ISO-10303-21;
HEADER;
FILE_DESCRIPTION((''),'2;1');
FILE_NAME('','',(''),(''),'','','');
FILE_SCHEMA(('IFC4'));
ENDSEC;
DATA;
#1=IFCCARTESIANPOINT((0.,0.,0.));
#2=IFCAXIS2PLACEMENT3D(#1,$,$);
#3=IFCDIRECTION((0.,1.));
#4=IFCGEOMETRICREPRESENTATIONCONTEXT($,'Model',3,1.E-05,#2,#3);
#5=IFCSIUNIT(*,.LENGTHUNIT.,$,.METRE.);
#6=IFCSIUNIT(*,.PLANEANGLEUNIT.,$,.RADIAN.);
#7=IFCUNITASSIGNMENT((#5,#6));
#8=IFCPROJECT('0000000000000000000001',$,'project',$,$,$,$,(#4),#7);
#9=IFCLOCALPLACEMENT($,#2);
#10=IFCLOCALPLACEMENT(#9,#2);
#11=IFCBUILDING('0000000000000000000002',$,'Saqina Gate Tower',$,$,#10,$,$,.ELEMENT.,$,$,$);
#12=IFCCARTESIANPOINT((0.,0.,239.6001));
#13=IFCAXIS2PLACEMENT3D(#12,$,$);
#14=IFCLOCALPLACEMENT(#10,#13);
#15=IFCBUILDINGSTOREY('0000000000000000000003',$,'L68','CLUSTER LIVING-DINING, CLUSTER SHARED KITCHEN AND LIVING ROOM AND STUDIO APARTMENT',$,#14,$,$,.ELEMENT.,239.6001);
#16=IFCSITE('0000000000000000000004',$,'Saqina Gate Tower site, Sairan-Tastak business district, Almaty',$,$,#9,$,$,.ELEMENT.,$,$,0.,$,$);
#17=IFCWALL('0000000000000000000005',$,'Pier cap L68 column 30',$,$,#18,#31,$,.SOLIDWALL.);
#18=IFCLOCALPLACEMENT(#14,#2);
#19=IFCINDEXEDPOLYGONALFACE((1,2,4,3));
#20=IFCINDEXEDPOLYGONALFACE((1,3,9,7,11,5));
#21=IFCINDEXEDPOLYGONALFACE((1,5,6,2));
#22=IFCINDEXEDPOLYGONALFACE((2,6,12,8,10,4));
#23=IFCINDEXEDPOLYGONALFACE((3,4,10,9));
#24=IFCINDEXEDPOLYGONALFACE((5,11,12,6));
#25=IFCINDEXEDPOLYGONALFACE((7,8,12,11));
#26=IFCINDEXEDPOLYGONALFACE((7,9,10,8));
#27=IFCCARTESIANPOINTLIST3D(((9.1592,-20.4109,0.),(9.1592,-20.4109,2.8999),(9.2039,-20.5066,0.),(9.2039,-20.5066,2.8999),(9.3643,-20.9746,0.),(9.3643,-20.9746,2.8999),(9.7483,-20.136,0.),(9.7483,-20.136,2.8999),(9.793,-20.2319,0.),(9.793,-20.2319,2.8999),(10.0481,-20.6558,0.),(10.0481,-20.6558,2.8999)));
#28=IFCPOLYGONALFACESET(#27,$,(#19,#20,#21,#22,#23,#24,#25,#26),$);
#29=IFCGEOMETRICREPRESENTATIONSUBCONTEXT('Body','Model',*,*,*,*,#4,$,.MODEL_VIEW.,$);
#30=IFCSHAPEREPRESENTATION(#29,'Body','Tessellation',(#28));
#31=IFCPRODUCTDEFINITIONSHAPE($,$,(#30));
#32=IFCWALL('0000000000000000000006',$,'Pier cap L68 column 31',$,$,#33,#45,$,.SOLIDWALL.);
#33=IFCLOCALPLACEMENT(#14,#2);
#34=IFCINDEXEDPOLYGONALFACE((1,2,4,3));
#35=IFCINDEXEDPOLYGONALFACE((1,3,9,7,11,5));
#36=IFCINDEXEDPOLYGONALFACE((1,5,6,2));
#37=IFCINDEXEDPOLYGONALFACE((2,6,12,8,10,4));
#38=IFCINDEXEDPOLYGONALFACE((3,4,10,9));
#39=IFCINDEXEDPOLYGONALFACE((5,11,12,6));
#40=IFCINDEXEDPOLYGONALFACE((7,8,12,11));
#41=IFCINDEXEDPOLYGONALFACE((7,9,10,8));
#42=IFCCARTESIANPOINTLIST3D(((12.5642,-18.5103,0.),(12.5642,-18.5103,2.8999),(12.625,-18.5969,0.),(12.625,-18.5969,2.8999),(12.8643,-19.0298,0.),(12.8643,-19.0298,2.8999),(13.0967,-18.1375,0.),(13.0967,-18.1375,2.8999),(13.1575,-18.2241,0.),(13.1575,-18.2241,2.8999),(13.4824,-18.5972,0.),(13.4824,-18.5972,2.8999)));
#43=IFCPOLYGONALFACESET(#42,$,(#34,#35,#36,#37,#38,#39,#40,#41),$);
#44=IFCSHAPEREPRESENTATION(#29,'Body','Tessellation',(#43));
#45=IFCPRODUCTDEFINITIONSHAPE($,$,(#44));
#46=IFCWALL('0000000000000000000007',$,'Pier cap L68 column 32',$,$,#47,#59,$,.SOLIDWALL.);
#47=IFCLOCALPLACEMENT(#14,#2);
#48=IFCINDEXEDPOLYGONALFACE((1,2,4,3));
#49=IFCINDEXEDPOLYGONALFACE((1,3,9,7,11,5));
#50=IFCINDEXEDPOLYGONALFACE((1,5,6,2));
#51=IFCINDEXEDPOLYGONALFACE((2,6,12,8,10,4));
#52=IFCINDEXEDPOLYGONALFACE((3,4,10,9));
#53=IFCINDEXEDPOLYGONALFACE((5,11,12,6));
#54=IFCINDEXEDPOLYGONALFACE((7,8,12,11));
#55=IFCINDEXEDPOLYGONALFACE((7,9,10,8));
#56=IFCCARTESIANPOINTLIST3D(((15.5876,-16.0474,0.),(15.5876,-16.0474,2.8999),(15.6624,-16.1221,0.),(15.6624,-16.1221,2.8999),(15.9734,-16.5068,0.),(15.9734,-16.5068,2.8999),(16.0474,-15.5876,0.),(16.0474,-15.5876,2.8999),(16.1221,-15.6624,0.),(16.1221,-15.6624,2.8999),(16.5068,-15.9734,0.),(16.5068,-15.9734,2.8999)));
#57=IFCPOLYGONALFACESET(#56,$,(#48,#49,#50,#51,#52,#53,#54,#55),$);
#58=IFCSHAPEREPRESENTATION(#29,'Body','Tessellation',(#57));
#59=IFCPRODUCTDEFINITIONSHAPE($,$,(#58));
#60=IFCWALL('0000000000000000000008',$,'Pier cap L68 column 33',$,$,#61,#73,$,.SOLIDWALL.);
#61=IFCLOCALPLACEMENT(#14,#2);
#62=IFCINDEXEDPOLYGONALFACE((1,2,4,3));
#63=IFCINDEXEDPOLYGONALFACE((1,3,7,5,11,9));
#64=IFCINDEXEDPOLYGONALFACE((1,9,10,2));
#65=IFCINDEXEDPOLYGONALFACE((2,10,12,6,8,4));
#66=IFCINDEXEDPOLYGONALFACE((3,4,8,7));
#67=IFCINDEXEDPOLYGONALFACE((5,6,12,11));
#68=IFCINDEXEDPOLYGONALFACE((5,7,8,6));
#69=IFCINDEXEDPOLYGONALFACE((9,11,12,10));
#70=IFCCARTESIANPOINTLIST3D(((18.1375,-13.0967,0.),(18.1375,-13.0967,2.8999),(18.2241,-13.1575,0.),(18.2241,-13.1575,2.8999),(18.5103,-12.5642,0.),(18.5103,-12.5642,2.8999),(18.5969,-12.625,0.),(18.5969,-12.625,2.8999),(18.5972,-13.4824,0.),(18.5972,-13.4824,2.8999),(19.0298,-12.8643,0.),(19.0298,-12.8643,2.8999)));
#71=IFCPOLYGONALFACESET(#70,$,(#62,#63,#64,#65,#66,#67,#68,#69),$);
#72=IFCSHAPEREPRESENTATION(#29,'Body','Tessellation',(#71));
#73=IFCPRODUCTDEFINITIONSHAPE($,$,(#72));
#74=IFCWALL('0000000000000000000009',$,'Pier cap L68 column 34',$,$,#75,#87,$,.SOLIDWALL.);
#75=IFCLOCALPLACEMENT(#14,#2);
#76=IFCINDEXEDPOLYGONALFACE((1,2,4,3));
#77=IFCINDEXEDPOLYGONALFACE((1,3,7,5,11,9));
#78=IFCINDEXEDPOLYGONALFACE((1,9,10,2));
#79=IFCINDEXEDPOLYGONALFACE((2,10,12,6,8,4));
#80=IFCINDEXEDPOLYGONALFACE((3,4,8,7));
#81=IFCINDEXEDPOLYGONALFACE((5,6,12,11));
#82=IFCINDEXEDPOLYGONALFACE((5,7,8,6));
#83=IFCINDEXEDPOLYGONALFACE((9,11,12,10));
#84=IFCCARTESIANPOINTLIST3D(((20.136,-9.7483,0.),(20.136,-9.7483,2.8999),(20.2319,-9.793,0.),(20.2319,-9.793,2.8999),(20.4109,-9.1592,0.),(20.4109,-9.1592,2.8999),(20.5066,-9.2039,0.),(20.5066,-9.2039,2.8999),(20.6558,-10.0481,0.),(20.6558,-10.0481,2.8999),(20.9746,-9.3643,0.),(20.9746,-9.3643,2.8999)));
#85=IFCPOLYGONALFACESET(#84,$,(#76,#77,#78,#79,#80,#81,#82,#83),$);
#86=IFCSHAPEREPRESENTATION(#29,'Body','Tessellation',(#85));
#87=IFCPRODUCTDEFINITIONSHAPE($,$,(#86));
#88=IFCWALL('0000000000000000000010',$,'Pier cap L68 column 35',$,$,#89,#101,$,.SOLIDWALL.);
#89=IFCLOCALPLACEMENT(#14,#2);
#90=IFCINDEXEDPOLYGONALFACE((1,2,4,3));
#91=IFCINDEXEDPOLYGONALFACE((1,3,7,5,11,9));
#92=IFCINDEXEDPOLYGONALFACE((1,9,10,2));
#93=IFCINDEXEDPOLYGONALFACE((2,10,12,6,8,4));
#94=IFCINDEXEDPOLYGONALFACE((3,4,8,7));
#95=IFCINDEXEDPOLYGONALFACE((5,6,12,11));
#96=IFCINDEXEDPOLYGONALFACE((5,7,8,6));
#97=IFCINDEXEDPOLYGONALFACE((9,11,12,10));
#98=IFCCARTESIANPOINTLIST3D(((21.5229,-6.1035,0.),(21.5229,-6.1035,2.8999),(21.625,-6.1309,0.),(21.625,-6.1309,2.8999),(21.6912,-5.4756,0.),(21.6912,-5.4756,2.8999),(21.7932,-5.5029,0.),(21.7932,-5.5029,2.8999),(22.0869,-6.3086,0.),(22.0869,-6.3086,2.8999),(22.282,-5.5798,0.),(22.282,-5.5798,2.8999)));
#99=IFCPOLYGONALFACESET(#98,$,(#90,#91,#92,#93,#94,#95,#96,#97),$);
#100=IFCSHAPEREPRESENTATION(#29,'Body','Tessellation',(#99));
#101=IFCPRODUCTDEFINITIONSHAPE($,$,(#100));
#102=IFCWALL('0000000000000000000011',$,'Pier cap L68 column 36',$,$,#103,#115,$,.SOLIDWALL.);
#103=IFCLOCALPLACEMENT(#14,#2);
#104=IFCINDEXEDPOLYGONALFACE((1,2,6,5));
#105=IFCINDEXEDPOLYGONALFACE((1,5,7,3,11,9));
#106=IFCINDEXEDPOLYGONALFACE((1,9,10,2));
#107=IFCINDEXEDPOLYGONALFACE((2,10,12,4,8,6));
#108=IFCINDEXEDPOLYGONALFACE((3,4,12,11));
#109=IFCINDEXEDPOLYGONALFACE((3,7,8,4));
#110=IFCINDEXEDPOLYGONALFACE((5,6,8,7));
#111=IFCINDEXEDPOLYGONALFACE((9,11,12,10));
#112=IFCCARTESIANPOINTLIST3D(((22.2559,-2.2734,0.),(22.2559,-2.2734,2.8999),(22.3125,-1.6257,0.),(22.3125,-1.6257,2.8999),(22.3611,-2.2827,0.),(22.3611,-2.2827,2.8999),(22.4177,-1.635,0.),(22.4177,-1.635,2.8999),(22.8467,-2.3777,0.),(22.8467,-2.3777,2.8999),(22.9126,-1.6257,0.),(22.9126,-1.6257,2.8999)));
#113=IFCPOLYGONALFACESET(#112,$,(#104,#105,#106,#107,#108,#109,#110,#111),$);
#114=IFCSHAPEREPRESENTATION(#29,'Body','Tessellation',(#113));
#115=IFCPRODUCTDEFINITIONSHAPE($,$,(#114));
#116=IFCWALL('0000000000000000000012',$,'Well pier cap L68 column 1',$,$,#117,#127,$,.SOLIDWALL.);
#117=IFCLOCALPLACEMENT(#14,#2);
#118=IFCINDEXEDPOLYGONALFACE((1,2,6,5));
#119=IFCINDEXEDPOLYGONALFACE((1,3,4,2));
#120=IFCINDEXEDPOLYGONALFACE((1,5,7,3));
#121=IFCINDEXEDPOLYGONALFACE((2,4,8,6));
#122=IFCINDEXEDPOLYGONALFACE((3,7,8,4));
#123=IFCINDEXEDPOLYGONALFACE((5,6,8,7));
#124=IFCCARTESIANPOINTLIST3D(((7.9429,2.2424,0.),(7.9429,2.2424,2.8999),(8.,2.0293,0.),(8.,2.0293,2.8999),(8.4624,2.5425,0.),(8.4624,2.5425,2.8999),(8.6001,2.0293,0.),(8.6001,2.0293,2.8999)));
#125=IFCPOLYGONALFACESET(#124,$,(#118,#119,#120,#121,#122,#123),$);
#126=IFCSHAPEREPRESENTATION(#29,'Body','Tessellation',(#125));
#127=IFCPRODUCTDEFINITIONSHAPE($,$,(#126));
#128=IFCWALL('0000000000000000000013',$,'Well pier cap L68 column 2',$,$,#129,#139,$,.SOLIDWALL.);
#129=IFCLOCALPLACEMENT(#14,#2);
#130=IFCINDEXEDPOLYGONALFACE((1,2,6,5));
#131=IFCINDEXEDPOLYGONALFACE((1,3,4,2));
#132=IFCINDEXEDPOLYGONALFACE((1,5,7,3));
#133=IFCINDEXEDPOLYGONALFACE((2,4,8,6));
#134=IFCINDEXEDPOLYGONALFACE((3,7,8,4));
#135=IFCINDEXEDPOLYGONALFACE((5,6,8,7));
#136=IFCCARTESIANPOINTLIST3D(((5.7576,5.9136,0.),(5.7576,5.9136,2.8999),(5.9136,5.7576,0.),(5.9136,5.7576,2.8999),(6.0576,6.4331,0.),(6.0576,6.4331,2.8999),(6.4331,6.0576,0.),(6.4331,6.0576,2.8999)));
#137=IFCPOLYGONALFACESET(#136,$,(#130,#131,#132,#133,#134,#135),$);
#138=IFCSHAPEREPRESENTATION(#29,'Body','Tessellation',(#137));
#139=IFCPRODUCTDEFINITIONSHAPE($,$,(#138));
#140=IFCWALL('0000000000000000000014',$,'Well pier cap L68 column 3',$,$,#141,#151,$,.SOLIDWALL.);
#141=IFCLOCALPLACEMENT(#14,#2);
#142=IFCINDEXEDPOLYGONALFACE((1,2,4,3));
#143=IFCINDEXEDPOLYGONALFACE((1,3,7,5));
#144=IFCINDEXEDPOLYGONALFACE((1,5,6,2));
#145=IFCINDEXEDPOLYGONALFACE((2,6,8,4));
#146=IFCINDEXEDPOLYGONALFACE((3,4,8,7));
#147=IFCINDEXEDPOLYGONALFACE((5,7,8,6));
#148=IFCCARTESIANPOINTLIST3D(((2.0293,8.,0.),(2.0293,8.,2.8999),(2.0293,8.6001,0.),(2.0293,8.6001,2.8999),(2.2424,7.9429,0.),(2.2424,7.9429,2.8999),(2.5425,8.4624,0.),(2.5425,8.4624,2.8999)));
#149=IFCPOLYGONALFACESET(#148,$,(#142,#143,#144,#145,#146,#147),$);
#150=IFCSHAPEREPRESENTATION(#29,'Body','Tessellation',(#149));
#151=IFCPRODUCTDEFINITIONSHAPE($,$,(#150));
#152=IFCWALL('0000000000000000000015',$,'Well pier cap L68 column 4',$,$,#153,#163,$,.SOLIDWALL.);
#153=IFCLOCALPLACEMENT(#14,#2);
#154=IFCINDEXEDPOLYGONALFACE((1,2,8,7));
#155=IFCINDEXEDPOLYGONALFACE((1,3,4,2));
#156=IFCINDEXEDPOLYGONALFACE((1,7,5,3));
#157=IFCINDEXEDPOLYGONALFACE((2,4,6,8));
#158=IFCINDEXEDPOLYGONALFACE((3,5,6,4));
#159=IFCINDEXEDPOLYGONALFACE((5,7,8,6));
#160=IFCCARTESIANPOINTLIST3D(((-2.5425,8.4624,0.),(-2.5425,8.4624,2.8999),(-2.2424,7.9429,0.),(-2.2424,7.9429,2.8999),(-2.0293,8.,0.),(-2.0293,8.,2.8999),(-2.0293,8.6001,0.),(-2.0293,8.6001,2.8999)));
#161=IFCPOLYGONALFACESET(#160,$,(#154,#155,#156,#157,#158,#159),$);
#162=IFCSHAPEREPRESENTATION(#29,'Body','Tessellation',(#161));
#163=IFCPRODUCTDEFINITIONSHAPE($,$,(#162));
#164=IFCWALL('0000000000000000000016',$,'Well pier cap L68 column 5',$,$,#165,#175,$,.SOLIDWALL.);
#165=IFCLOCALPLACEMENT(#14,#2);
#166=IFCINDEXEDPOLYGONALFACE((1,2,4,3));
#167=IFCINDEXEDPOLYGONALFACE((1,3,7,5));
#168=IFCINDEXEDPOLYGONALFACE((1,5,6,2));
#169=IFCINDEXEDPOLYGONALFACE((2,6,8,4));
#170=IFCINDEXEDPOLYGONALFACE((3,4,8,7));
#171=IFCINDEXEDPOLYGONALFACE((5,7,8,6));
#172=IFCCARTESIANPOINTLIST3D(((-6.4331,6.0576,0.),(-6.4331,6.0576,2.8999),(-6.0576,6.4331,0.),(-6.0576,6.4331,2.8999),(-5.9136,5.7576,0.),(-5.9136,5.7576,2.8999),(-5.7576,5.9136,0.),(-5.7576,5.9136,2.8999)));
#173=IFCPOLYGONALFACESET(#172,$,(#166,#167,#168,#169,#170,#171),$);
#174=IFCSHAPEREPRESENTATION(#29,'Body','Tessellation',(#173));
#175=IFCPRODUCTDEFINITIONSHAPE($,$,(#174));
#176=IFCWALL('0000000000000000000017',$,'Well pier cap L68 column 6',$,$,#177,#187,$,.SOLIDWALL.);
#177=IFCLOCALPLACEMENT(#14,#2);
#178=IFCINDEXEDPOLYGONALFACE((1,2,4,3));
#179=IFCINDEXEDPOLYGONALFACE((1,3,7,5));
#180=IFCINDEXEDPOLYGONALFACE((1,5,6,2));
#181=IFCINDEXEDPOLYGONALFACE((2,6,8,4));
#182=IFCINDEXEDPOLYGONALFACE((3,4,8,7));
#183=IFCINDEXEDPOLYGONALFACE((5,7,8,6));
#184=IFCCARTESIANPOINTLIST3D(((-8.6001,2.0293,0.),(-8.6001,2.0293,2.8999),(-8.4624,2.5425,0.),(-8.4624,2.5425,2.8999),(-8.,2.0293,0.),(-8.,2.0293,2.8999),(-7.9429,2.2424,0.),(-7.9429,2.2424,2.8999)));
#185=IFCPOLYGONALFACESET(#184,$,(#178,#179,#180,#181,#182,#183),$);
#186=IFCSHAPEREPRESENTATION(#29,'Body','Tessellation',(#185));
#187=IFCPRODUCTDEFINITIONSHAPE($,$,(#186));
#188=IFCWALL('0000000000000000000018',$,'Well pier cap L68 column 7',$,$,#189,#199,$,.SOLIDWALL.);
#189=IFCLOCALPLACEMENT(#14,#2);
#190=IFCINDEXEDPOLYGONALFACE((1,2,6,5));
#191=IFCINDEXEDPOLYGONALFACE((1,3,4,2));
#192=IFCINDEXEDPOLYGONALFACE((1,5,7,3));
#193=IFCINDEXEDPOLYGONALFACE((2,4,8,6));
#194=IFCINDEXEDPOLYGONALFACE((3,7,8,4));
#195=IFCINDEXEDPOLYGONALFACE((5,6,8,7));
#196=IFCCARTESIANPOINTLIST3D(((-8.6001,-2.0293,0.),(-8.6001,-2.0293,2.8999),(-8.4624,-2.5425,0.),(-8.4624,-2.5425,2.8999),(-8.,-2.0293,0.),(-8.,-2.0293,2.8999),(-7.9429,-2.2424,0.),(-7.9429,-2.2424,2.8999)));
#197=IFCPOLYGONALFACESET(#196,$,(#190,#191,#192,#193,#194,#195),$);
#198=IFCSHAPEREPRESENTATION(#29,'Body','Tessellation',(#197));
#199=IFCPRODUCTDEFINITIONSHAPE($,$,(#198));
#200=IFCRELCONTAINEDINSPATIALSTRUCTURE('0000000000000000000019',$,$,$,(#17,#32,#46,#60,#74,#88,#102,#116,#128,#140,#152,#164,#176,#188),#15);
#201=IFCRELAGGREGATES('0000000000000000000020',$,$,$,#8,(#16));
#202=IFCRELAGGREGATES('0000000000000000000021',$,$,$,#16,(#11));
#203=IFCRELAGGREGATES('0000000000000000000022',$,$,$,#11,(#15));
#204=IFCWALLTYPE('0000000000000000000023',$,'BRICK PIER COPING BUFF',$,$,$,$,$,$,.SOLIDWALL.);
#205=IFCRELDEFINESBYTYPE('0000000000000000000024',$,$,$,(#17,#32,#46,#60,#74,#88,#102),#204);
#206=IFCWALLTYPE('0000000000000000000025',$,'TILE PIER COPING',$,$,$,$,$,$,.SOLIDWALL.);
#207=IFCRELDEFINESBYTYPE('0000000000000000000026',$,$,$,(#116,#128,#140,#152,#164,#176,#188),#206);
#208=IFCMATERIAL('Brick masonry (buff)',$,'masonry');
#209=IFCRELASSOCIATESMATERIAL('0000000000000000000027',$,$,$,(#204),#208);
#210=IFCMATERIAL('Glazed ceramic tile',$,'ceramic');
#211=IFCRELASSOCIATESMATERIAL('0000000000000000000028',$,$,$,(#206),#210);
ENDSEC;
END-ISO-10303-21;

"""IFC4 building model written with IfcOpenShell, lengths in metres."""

from ifc_helpers import new_model, si_unit, direction, frame, origin, place, context, subcontext, project, spatial, polyline, outline, extrude, material, type_object, element, save


model = new_model("IFC4")

# Units and contexts
model_context = context("Model", 3, precision=1e-05, world=origin(), true_north=direction((0.0, 1.0)))
body_context = subcontext(model_context, "Body", "Model", "MODEL_VIEW")
ifc_project = project(units=[si_unit("LENGTHUNIT", "METRE"), si_unit("PLANEANGLEUNIT", "RADIAN")], contexts=[model_context])

# Site, building, storey
site_placement = place(None, origin())
site = spatial("IfcSite", under=ifc_project, at=site_placement, Name="Saqina Gate Tower site, Sairan-Tastak business district, Almaty", CompositionType="ELEMENT", RefElevation=0.0)
building_placement = place(site_placement, origin())
building = spatial("IfcBuilding", under=site, at=building_placement, Name="Saqina Gate Tower", CompositionType="ELEMENT")
storey_placement = place(building_placement, frame((0.0, 0.0, 239.6001)))
storey = spatial("IfcBuildingStorey", under=building, at=storey_placement, Name="L68", Description="CLUSTER LIVING-DINING, CLUSTER SHARED KITCHEN AND LIVING ROOM AND STUDIO APARTMENT", CompositionType="ELEMENT", Elevation=239.6001)

# Walls
ifc_material_1 = material(Name="Brick masonry (buff)", Category="masonry")
wall_type_1 = type_object("IfcWallType", Name="BRICK PIER COPING BUFF", PredefinedType="SOLIDWALL", material=ifc_material_1)
wall_1_placement = place(storey_placement, origin())
element("IfcWall", 1, at=wall_1_placement, inside=storey, type_object=wall_type_1, Name="Pier cap L68 column 30", PredefinedType="SOLIDWALL", context=body_context, shape_type="SweptSolid", body=[
    extrude(outline(polyline([(9.3643, -20.9746), (10.0481, -20.6558), (9.7483, -20.136), (9.793, -20.2319), (9.2039, -20.5066), (9.1592, -20.4109), (9.3643, -20.9746)])), origin(), (0.0, 0.0, 1.0), 2.8999),
])
wall_2_placement = place(storey_placement, origin())
element("IfcWall", 2, at=wall_2_placement, inside=storey, type_object=wall_type_1, Name="Pier cap L68 column 31", PredefinedType="SOLIDWALL", context=body_context, shape_type="SweptSolid", body=[
    extrude(outline(polyline([(12.8643, -19.0298), (13.4824, -18.5972), (13.0967, -18.1375), (13.1575, -18.2241), (12.625, -18.5969), (12.5642, -18.5103), (12.8643, -19.0298)])), origin(), (0.0, 0.0, 1.0), 2.8999),
])
wall_3_placement = place(storey_placement, origin())
element("IfcWall", 3, at=wall_3_placement, inside=storey, type_object=wall_type_1, Name="Pier cap L68 column 32", PredefinedType="SOLIDWALL", context=body_context, shape_type="SweptSolid", body=[
    extrude(outline(polyline([(16.5068, -15.9734), (16.0474, -15.5876), (16.1221, -15.6624), (15.6624, -16.1221), (15.5876, -16.0474), (15.9734, -16.5068), (16.5068, -15.9734)])), origin(), (0.0, 0.0, 1.0), 2.8999),
])
wall_4_placement = place(storey_placement, origin())
element("IfcWall", 4, at=wall_4_placement, inside=storey, type_object=wall_type_1, Name="Pier cap L68 column 33", PredefinedType="SOLIDWALL", context=body_context, shape_type="SweptSolid", body=[
    extrude(outline(polyline([(19.0298, -12.8643), (18.5103, -12.5642), (18.5969, -12.625), (18.2241, -13.1575), (18.1375, -13.0967), (18.5972, -13.4824), (19.0298, -12.8643)])), origin(), (0.0, 0.0, 1.0), 2.8999),
])
wall_5_placement = place(storey_placement, origin())
element("IfcWall", 5, at=wall_5_placement, inside=storey, type_object=wall_type_1, Name="Pier cap L68 column 34", PredefinedType="SOLIDWALL", context=body_context, shape_type="SweptSolid", body=[
    extrude(outline(polyline([(20.6558, -10.0481), (20.9746, -9.3643), (20.4109, -9.1592), (20.5066, -9.2039), (20.2319, -9.793), (20.136, -9.7483), (20.6558, -10.0481)])), origin(), (0.0, 0.0, 1.0), 2.8999),
])
wall_6_placement = place(storey_placement, origin())
element("IfcWall", 6, at=wall_6_placement, inside=storey, type_object=wall_type_1, Name="Pier cap L68 column 35", PredefinedType="SOLIDWALL", context=body_context, shape_type="SweptSolid", body=[
    extrude(outline(polyline([(22.282, -5.5798), (21.6912, -5.4756), (21.7932, -5.5029), (21.625, -6.1309), (21.5229, -6.1035), (22.0869, -6.3086), (22.282, -5.5798)])), origin(), (0.0, 0.0, 1.0), 2.8999),
])
wall_7_placement = place(storey_placement, origin())
element("IfcWall", 7, at=wall_7_placement, inside=storey, type_object=wall_type_1, Name="Pier cap L68 column 36", PredefinedType="SOLIDWALL", context=body_context, shape_type="SweptSolid", body=[
    extrude(outline(polyline([(22.8467, -2.3777), (22.9126, -1.6257), (22.3125, -1.6257), (22.4177, -1.635), (22.3611, -2.2827), (22.2559, -2.2734), (22.8467, -2.3777)])), origin(), (0.0, 0.0, 1.0), 2.8999),
])
ifc_material_2 = material(Name="Glazed ceramic tile", Category="ceramic")
wall_type_2 = type_object("IfcWallType", Name="TILE PIER COPING", PredefinedType="SOLIDWALL", material=ifc_material_2)
wall_8_placement = place(storey_placement, origin())
element("IfcWall", 8, at=wall_8_placement, inside=storey, type_object=wall_type_2, Name="Well pier cap L68 column 1", PredefinedType="SOLIDWALL", context=body_context, shape_type="SweptSolid", body=[
    extrude(outline(polyline([(8.4624, 2.5425), (7.9429, 2.2424), (8.0, 2.0293), (8.6001, 2.0293), (8.4624, 2.5425)])), origin(), (0.0, 0.0, 1.0), 2.8999),
])
wall_9_placement = place(storey_placement, origin())
element("IfcWall", 9, at=wall_9_placement, inside=storey, type_object=wall_type_2, Name="Well pier cap L68 column 2", PredefinedType="SOLIDWALL", context=body_context, shape_type="SweptSolid", body=[
    extrude(outline(polyline([(6.0576, 6.4331), (5.7576, 5.9136), (5.9136, 5.7576), (6.4331, 6.0576), (6.0576, 6.4331)])), origin(), (0.0, 0.0, 1.0), 2.8999),
])
wall_10_placement = place(storey_placement, origin())
element("IfcWall", 10, at=wall_10_placement, inside=storey, type_object=wall_type_2, Name="Well pier cap L68 column 3", PredefinedType="SOLIDWALL", context=body_context, shape_type="SweptSolid", body=[
    extrude(outline(polyline([(2.0293, 8.6001), (2.0293, 8.0), (2.2424, 7.9429), (2.5425, 8.4624), (2.0293, 8.6001)])), origin(), (0.0, 0.0, 1.0), 2.8999),
])
wall_11_placement = place(storey_placement, origin())
element("IfcWall", 11, at=wall_11_placement, inside=storey, type_object=wall_type_2, Name="Well pier cap L68 column 4", PredefinedType="SOLIDWALL", context=body_context, shape_type="SweptSolid", body=[
    extrude(outline(polyline([(-2.5425, 8.4624), (-2.2424, 7.9429), (-2.0293, 8.0), (-2.0293, 8.6001), (-2.5425, 8.4624)])), origin(), (0.0, 0.0, 1.0), 2.8999),
])
wall_12_placement = place(storey_placement, origin())
element("IfcWall", 12, at=wall_12_placement, inside=storey, type_object=wall_type_2, Name="Well pier cap L68 column 5", PredefinedType="SOLIDWALL", context=body_context, shape_type="SweptSolid", body=[
    extrude(outline(polyline([(-6.4331, 6.0576), (-5.9136, 5.7576), (-5.7576, 5.9136), (-6.0576, 6.4331), (-6.4331, 6.0576)])), origin(), (0.0, 0.0, 1.0), 2.8999),
])
wall_13_placement = place(storey_placement, origin())
element("IfcWall", 13, at=wall_13_placement, inside=storey, type_object=wall_type_2, Name="Well pier cap L68 column 6", PredefinedType="SOLIDWALL", context=body_context, shape_type="SweptSolid", body=[
    extrude(outline(polyline([(-8.6001, 2.0293), (-8.0, 2.0293), (-7.9429, 2.2424), (-8.4624, 2.5425), (-8.6001, 2.0293)])), origin(), (0.0, 0.0, 1.0), 2.8999),
])
wall_14_placement = place(storey_placement, origin())
element("IfcWall", 14, at=wall_14_placement, inside=storey, type_object=wall_type_2, Name="Well pier cap L68 column 7", PredefinedType="SOLIDWALL", context=body_context, shape_type="SweptSolid", body=[
    extrude(outline(polyline([(-8.4624, -2.5425), (-7.9429, -2.2424), (-8.0, -2.0293), (-8.6001, -2.0293), (-8.4624, -2.5425)])), origin(), (0.0, 0.0, 1.0), 2.8999),
])

save(model, "model.ifc")
